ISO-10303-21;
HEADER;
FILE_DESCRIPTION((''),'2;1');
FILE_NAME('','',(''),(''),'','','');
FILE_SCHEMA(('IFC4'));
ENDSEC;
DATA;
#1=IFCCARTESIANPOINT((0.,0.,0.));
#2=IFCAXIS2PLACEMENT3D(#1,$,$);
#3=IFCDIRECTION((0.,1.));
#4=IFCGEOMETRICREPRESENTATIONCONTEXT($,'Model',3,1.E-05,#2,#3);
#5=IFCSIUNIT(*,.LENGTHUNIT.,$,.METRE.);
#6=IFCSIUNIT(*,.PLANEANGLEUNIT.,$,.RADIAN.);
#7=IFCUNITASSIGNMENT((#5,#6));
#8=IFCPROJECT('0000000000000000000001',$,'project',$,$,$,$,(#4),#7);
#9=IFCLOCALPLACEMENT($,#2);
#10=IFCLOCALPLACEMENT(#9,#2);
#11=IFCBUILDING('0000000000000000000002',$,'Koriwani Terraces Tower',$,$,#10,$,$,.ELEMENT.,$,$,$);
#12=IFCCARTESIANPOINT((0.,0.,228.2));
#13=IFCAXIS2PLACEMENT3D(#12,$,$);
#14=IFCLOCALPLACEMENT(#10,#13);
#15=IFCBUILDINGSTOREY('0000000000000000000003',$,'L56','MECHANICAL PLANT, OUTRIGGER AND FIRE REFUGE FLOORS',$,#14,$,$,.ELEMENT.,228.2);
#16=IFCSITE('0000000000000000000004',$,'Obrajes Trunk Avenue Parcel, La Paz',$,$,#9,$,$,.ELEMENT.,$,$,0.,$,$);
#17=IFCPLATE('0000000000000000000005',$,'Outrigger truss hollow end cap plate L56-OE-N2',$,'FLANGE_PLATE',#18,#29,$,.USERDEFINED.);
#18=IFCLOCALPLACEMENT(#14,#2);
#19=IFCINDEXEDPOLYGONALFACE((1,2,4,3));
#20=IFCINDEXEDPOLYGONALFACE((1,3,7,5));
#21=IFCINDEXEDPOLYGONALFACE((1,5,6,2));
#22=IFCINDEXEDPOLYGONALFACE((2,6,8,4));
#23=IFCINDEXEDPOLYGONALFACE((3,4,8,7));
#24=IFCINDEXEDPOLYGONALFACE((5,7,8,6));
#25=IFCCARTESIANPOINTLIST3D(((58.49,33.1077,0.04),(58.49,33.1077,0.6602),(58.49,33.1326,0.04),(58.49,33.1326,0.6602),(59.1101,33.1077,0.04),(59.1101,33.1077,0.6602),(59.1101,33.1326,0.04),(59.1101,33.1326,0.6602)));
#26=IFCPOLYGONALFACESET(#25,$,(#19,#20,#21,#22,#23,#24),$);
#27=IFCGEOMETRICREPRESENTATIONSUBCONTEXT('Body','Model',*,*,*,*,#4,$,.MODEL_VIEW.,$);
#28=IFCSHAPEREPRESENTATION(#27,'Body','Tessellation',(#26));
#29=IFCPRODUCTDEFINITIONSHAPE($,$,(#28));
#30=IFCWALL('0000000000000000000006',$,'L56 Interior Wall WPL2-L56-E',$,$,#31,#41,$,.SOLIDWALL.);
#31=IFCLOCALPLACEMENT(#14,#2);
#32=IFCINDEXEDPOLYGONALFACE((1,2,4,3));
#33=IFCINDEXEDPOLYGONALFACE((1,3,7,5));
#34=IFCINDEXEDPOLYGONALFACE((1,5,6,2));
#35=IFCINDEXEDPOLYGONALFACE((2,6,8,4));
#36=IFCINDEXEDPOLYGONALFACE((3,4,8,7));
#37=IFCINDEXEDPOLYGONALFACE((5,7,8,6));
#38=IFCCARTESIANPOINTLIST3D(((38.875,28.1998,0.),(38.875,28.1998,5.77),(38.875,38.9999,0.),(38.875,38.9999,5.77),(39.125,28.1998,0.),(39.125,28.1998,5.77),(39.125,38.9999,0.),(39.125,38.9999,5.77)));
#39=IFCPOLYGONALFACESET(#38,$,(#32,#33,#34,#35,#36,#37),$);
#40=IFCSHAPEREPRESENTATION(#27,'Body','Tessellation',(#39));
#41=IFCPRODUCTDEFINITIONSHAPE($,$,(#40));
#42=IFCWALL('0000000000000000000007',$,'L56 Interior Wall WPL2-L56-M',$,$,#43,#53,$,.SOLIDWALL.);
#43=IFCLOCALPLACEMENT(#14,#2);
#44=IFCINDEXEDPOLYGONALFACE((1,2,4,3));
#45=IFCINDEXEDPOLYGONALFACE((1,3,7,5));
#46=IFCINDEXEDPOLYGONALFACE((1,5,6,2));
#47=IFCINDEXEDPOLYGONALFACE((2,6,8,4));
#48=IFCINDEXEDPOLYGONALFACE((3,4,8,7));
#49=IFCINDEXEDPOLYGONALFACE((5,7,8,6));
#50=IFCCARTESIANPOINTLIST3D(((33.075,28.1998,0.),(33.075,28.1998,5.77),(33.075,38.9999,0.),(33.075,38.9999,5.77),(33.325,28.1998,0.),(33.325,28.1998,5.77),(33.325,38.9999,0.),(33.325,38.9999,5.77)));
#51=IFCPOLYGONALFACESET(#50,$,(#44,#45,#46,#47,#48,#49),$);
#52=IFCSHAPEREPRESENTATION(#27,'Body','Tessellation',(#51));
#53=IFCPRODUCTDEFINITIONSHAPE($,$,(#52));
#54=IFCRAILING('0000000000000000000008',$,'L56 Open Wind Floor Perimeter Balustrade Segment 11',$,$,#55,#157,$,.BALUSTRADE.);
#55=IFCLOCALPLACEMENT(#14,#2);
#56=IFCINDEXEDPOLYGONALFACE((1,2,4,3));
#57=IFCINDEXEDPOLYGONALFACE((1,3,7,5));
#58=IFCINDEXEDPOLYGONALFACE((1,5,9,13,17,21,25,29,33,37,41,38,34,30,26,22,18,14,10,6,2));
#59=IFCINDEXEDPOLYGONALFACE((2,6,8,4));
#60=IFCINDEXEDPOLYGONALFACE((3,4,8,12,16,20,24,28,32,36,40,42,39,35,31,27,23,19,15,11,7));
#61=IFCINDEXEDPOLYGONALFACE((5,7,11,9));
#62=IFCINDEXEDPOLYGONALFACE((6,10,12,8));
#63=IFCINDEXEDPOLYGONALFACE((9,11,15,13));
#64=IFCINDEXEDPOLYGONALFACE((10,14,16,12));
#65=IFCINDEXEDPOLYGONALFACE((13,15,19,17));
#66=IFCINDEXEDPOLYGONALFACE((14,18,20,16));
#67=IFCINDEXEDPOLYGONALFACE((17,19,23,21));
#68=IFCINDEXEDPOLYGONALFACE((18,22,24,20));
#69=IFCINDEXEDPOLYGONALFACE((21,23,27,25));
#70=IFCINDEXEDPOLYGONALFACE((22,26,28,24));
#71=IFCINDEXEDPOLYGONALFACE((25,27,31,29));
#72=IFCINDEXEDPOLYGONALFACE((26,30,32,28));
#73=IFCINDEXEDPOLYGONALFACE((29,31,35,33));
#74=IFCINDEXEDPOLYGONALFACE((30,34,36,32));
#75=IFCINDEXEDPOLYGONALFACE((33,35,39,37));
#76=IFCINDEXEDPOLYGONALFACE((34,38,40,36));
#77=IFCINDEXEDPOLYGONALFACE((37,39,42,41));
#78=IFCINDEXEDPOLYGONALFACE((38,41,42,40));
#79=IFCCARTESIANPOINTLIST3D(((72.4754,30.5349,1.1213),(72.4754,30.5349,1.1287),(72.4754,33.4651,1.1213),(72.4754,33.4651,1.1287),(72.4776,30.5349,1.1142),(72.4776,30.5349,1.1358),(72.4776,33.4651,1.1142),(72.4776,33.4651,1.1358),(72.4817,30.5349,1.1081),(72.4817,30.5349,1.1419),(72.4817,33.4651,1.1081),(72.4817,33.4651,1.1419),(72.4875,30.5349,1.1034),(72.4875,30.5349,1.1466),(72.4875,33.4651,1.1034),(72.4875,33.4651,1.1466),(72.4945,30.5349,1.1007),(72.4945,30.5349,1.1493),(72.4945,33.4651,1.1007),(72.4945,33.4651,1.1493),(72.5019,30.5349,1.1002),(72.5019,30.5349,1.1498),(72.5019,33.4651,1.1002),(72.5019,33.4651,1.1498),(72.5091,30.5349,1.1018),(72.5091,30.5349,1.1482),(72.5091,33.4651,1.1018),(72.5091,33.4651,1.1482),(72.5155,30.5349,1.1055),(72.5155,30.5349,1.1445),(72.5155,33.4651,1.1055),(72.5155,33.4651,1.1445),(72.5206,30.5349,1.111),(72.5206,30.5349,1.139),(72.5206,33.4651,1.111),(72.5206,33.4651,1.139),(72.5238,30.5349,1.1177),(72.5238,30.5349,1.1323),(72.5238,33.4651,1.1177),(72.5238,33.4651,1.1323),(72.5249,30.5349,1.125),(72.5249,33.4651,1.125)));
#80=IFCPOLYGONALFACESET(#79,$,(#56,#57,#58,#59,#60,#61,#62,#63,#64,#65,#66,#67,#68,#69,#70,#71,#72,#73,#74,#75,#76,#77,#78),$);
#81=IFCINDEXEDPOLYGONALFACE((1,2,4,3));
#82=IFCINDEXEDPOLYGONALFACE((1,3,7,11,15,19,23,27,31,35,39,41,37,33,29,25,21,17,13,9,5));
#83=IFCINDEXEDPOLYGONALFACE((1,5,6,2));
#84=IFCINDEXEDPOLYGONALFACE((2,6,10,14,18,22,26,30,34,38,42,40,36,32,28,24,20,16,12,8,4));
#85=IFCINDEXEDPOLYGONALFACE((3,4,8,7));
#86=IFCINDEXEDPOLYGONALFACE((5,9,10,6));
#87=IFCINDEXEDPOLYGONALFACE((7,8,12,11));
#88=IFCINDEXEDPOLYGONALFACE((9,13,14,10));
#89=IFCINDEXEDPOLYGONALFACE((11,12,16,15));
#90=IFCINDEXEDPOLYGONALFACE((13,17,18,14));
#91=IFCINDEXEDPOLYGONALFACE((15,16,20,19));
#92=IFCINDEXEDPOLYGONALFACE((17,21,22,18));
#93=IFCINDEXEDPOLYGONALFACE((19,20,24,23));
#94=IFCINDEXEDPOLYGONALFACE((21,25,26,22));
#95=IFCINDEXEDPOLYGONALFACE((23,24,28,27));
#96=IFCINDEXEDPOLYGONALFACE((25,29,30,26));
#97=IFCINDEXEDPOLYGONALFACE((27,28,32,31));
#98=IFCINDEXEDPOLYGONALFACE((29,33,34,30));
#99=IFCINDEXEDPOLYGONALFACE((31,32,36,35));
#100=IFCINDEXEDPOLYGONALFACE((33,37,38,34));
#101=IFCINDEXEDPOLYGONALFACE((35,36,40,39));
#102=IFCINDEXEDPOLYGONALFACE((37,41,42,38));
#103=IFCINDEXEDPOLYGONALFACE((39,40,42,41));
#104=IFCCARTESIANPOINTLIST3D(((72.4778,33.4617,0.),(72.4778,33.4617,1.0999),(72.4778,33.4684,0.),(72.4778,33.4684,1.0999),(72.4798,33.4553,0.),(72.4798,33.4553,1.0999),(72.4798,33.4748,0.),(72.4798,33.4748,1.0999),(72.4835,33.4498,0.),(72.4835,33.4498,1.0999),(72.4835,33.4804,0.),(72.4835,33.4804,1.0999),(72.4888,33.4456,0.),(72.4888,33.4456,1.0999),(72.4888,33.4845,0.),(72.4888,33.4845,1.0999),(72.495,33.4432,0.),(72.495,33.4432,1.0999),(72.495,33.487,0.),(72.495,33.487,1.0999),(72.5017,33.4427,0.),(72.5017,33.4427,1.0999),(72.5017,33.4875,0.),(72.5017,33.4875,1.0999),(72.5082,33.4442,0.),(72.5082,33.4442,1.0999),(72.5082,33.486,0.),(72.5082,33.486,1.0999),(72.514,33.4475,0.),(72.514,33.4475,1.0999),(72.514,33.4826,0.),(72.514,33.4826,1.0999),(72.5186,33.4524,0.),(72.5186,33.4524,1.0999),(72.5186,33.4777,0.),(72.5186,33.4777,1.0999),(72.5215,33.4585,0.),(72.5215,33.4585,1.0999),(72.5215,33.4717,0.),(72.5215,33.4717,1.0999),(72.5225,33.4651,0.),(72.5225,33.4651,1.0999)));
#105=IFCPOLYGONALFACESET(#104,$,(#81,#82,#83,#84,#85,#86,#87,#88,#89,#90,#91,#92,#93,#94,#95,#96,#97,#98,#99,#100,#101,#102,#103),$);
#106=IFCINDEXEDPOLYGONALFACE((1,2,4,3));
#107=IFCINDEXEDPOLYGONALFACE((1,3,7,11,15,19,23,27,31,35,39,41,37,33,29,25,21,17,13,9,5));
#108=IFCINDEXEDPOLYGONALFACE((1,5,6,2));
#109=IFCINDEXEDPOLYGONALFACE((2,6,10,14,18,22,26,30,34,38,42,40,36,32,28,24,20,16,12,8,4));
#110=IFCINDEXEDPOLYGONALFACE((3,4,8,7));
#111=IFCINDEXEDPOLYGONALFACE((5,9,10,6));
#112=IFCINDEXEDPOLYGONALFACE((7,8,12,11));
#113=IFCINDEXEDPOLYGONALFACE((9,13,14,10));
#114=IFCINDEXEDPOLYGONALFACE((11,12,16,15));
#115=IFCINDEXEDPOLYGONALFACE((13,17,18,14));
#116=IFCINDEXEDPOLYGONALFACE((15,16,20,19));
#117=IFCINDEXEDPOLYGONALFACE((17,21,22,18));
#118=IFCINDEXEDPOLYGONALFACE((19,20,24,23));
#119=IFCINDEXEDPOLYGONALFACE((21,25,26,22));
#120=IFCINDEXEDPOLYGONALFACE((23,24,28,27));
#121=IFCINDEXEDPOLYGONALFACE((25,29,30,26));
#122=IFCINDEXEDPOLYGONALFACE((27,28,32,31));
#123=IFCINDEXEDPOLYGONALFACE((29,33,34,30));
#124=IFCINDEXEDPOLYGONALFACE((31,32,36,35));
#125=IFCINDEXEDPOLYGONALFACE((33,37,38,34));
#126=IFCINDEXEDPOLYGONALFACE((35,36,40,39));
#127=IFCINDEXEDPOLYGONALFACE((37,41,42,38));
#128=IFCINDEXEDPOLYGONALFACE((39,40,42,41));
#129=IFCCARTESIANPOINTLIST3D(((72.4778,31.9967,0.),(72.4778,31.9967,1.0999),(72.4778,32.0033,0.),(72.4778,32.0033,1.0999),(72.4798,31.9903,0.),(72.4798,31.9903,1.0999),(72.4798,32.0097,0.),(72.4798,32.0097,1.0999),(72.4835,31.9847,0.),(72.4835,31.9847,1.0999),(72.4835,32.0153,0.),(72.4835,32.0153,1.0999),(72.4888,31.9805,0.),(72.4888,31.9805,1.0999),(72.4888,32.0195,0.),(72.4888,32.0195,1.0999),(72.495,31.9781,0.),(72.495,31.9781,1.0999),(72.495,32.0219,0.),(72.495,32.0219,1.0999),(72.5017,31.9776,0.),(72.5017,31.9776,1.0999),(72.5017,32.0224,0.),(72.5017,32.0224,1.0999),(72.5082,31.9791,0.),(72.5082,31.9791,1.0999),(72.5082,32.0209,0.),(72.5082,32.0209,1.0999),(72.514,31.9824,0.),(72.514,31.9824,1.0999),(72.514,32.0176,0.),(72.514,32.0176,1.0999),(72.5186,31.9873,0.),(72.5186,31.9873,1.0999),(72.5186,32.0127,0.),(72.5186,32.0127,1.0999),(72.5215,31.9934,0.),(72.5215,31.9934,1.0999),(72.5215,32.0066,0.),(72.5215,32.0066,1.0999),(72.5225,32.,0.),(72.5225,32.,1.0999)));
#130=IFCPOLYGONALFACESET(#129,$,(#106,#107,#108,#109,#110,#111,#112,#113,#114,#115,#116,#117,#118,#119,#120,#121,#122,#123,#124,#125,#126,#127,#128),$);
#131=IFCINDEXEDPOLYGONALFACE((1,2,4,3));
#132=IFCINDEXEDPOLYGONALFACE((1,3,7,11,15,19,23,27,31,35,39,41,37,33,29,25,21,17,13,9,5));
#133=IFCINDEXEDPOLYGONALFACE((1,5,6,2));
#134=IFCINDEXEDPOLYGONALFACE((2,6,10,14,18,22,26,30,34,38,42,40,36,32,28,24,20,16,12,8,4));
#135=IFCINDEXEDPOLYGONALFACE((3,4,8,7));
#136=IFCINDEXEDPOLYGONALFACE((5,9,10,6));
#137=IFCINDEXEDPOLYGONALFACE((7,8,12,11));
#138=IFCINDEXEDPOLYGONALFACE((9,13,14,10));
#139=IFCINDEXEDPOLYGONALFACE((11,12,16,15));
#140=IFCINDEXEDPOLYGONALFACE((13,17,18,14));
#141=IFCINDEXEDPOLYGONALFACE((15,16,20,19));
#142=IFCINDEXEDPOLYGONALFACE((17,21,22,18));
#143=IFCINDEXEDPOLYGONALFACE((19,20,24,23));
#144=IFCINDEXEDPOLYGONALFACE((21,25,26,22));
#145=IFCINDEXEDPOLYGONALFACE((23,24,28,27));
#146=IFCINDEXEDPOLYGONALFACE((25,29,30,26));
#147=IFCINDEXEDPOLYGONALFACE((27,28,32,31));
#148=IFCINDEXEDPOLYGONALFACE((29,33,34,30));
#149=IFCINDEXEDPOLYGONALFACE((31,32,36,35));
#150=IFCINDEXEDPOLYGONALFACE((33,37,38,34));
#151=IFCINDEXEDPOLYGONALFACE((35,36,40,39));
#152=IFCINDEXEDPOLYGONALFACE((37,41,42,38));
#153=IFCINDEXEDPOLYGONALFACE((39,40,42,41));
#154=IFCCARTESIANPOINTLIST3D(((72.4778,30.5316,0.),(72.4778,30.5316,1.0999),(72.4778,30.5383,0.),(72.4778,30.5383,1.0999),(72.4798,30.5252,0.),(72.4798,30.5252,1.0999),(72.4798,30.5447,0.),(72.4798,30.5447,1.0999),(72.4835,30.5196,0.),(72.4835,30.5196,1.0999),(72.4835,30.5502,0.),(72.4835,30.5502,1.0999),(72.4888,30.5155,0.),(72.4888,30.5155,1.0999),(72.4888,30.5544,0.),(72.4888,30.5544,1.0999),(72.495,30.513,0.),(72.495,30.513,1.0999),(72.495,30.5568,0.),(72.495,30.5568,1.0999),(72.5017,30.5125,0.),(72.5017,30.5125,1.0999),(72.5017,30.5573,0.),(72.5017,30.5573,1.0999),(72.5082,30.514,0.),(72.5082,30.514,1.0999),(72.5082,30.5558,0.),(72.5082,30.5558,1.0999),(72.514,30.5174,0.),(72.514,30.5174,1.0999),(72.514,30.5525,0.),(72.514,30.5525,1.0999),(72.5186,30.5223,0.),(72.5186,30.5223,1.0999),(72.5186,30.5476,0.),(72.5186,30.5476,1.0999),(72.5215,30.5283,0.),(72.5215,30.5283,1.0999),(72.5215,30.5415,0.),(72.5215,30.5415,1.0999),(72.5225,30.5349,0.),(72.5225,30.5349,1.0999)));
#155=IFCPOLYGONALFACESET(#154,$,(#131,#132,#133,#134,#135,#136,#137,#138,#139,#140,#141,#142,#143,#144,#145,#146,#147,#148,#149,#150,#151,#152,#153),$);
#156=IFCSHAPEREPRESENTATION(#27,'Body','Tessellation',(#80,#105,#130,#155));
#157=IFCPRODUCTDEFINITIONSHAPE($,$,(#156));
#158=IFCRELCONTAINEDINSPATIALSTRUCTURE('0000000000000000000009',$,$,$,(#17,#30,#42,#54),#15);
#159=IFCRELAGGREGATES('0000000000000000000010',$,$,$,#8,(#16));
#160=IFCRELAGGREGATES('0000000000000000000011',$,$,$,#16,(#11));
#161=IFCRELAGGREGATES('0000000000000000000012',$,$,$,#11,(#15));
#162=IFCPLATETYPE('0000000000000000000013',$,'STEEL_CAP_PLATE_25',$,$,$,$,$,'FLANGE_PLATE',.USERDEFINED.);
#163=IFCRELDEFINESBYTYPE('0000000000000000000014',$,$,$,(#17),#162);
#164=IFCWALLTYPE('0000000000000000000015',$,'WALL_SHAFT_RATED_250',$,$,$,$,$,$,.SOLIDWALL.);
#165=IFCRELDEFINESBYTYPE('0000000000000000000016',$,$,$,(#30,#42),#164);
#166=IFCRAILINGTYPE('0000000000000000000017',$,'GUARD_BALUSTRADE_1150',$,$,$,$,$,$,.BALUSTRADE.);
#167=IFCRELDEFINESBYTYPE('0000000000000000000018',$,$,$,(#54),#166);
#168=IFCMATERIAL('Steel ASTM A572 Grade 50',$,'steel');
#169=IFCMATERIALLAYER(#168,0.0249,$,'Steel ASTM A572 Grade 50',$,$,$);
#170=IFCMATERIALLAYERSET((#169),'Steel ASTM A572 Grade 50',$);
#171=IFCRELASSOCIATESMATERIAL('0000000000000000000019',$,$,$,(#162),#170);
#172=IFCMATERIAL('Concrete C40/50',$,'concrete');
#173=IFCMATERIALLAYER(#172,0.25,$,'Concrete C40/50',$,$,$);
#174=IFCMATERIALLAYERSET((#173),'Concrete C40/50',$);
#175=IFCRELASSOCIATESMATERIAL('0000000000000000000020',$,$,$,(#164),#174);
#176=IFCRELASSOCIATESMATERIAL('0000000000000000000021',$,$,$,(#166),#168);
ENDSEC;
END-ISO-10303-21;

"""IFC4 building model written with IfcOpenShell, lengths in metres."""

from ifc_helpers import new_model, si_unit, direction, frame, frame_2d, origin, origin_2d, place, context, subcontext, project, spatial, rectangle, circle, extrude, material, layer, layer_set, type_object, element, save


model = new_model("IFC4")

# Units and contexts
model_context = context("Model", 3, precision=1e-05, world=origin(), true_north=direction((0.0, 1.0)))
body_context = subcontext(model_context, "Body", "Model", "MODEL_VIEW")
ifc_project = project(units=[si_unit("LENGTHUNIT", "METRE"), si_unit("PLANEANGLEUNIT", "RADIAN")], contexts=[model_context])

# Site, building, storey
site_placement = place(None, origin())
site = spatial("IfcSite", under=ifc_project, at=site_placement, Name="Obrajes Trunk Avenue Parcel, La Paz", CompositionType="ELEMENT", RefElevation=0.0)
building_placement = place(site_placement, origin())
building = spatial("IfcBuilding", under=site, at=building_placement, Name="Koriwani Terraces Tower", CompositionType="ELEMENT")
storey_placement = place(building_placement, frame((0.0, 0.0, 228.2)))
storey = spatial("IfcBuildingStorey", under=building, at=storey_placement, Name="L56", Description="MECHANICAL PLANT, OUTRIGGER AND FIRE REFUGE FLOORS", CompositionType="ELEMENT", Elevation=228.2)

# Shared definitions
ifc_material_1 = material(Name="Steel ASTM A572 Grade 50", Category="steel")

# Plate
ifc_layer_1 = layer(ifc_material_1, 0.0249, Name="Steel ASTM A572 Grade 50")
ifc_layer_set_1 = layer_set([ifc_layer_1], Name="Steel ASTM A572 Grade 50")
plate_type = type_object("IfcPlateType", Name="STEEL_CAP_PLATE_25", ElementType="FLANGE_PLATE", PredefinedType="USERDEFINED", material=ifc_layer_set_1)
for number, where, z_axis, x_axis, name in (
    (1, (58.8, 33.1201, 0.04), (0.0, 0.0, 1.0), (0.0, -1.0, 0.0), "Outrigger truss hollow end cap plate L56-OE-N2"),
):
    element("IfcPlate", number, at=place(storey_placement, frame(where, z_axis=z_axis, x_axis=x_axis)), inside=storey, type_object=plate_type, Name=name, ObjectType="FLANGE_PLATE", PredefinedType="USERDEFINED", context=body_context, shape_type="SweptSolid", body=[
        extrude(rectangle(XDim=0.0249, YDim=0.6201, at=origin_2d()), origin(), (0.0, 0.0, 1.0), 0.6201),
    ])

# Walls
ifc_material_2 = material(Name="Concrete C40/50", Category="concrete")
ifc_layer_2 = layer(ifc_material_2, 0.25, Name="Concrete C40/50")
ifc_layer_set_2 = layer_set([ifc_layer_2], Name="Concrete C40/50")
wall_type = type_object("IfcWallType", Name="WALL_SHAFT_RATED_250", PredefinedType="SOLIDWALL", material=ifc_layer_set_2)
for number, where, z_axis, x_axis, name in (
    (2, (39.0, 28.2, 0.0), (0.0, 0.0, 1.0), (0.0, 1.0, 0.0), "L56 Interior Wall WPL2-L56-E"),
    (3, (33.2, 28.2, 0.0), (0.0, 0.0, 1.0), (0.0, 1.0, 0.0), "L56 Interior Wall WPL2-L56-M"),
):
    element("IfcWall", number, at=place(storey_placement, frame(where, z_axis=z_axis, x_axis=x_axis)), inside=storey, type_object=wall_type, Name=name, PredefinedType="SOLIDWALL", context=body_context, shape_type="SweptSolid", body=[
        extrude(rectangle(XDim=10.8, YDim=0.25, at=frame_2d((5.3999, 0.0))), origin(), (0.0, 0.0, 1.0), 5.77),
    ])

# Railing
railing_type = type_object("IfcRailingType", Name="GUARD_BALUSTRADE_1150", PredefinedType="BALUSTRADE", material=ifc_material_1)
railing_1_placement = place(storey_placement, frame((72.5, 33.4651, 0.0)))
element("IfcRailing", 4, at=railing_1_placement, inside=storey, type_object=railing_type, Name="L56 Open Wind Floor Perimeter Balustrade Segment 11", PredefinedType="BALUSTRADE", context=body_context, shape_type="SweptSolid", body=[
    extrude(circle(Radius=0.0249, at=origin_2d()), frame((0.0, 0.0, 1.125), z_axis=(0.0, -1.0, 0.0), x_axis=(1.0, 0.0, 0.0)), (0.0, 0.0, 1.0), 2.9302),
    extrude(circle(Radius=0.0225, at=origin_2d()), origin(), (0.0, 0.0, 1.0), 1.0999),
    extrude(circle(Radius=0.0225, at=origin_2d()), frame((0.0, -1.4651, 0.0)), (0.0, 0.0, 1.0), 1.0999),
    extrude(circle(Radius=0.0225, at=origin_2d()), frame((0.0, -2.9302, 0.0)), (0.0, 0.0, 1.0), 1.0999),
])

save(model, "model.ifc")
